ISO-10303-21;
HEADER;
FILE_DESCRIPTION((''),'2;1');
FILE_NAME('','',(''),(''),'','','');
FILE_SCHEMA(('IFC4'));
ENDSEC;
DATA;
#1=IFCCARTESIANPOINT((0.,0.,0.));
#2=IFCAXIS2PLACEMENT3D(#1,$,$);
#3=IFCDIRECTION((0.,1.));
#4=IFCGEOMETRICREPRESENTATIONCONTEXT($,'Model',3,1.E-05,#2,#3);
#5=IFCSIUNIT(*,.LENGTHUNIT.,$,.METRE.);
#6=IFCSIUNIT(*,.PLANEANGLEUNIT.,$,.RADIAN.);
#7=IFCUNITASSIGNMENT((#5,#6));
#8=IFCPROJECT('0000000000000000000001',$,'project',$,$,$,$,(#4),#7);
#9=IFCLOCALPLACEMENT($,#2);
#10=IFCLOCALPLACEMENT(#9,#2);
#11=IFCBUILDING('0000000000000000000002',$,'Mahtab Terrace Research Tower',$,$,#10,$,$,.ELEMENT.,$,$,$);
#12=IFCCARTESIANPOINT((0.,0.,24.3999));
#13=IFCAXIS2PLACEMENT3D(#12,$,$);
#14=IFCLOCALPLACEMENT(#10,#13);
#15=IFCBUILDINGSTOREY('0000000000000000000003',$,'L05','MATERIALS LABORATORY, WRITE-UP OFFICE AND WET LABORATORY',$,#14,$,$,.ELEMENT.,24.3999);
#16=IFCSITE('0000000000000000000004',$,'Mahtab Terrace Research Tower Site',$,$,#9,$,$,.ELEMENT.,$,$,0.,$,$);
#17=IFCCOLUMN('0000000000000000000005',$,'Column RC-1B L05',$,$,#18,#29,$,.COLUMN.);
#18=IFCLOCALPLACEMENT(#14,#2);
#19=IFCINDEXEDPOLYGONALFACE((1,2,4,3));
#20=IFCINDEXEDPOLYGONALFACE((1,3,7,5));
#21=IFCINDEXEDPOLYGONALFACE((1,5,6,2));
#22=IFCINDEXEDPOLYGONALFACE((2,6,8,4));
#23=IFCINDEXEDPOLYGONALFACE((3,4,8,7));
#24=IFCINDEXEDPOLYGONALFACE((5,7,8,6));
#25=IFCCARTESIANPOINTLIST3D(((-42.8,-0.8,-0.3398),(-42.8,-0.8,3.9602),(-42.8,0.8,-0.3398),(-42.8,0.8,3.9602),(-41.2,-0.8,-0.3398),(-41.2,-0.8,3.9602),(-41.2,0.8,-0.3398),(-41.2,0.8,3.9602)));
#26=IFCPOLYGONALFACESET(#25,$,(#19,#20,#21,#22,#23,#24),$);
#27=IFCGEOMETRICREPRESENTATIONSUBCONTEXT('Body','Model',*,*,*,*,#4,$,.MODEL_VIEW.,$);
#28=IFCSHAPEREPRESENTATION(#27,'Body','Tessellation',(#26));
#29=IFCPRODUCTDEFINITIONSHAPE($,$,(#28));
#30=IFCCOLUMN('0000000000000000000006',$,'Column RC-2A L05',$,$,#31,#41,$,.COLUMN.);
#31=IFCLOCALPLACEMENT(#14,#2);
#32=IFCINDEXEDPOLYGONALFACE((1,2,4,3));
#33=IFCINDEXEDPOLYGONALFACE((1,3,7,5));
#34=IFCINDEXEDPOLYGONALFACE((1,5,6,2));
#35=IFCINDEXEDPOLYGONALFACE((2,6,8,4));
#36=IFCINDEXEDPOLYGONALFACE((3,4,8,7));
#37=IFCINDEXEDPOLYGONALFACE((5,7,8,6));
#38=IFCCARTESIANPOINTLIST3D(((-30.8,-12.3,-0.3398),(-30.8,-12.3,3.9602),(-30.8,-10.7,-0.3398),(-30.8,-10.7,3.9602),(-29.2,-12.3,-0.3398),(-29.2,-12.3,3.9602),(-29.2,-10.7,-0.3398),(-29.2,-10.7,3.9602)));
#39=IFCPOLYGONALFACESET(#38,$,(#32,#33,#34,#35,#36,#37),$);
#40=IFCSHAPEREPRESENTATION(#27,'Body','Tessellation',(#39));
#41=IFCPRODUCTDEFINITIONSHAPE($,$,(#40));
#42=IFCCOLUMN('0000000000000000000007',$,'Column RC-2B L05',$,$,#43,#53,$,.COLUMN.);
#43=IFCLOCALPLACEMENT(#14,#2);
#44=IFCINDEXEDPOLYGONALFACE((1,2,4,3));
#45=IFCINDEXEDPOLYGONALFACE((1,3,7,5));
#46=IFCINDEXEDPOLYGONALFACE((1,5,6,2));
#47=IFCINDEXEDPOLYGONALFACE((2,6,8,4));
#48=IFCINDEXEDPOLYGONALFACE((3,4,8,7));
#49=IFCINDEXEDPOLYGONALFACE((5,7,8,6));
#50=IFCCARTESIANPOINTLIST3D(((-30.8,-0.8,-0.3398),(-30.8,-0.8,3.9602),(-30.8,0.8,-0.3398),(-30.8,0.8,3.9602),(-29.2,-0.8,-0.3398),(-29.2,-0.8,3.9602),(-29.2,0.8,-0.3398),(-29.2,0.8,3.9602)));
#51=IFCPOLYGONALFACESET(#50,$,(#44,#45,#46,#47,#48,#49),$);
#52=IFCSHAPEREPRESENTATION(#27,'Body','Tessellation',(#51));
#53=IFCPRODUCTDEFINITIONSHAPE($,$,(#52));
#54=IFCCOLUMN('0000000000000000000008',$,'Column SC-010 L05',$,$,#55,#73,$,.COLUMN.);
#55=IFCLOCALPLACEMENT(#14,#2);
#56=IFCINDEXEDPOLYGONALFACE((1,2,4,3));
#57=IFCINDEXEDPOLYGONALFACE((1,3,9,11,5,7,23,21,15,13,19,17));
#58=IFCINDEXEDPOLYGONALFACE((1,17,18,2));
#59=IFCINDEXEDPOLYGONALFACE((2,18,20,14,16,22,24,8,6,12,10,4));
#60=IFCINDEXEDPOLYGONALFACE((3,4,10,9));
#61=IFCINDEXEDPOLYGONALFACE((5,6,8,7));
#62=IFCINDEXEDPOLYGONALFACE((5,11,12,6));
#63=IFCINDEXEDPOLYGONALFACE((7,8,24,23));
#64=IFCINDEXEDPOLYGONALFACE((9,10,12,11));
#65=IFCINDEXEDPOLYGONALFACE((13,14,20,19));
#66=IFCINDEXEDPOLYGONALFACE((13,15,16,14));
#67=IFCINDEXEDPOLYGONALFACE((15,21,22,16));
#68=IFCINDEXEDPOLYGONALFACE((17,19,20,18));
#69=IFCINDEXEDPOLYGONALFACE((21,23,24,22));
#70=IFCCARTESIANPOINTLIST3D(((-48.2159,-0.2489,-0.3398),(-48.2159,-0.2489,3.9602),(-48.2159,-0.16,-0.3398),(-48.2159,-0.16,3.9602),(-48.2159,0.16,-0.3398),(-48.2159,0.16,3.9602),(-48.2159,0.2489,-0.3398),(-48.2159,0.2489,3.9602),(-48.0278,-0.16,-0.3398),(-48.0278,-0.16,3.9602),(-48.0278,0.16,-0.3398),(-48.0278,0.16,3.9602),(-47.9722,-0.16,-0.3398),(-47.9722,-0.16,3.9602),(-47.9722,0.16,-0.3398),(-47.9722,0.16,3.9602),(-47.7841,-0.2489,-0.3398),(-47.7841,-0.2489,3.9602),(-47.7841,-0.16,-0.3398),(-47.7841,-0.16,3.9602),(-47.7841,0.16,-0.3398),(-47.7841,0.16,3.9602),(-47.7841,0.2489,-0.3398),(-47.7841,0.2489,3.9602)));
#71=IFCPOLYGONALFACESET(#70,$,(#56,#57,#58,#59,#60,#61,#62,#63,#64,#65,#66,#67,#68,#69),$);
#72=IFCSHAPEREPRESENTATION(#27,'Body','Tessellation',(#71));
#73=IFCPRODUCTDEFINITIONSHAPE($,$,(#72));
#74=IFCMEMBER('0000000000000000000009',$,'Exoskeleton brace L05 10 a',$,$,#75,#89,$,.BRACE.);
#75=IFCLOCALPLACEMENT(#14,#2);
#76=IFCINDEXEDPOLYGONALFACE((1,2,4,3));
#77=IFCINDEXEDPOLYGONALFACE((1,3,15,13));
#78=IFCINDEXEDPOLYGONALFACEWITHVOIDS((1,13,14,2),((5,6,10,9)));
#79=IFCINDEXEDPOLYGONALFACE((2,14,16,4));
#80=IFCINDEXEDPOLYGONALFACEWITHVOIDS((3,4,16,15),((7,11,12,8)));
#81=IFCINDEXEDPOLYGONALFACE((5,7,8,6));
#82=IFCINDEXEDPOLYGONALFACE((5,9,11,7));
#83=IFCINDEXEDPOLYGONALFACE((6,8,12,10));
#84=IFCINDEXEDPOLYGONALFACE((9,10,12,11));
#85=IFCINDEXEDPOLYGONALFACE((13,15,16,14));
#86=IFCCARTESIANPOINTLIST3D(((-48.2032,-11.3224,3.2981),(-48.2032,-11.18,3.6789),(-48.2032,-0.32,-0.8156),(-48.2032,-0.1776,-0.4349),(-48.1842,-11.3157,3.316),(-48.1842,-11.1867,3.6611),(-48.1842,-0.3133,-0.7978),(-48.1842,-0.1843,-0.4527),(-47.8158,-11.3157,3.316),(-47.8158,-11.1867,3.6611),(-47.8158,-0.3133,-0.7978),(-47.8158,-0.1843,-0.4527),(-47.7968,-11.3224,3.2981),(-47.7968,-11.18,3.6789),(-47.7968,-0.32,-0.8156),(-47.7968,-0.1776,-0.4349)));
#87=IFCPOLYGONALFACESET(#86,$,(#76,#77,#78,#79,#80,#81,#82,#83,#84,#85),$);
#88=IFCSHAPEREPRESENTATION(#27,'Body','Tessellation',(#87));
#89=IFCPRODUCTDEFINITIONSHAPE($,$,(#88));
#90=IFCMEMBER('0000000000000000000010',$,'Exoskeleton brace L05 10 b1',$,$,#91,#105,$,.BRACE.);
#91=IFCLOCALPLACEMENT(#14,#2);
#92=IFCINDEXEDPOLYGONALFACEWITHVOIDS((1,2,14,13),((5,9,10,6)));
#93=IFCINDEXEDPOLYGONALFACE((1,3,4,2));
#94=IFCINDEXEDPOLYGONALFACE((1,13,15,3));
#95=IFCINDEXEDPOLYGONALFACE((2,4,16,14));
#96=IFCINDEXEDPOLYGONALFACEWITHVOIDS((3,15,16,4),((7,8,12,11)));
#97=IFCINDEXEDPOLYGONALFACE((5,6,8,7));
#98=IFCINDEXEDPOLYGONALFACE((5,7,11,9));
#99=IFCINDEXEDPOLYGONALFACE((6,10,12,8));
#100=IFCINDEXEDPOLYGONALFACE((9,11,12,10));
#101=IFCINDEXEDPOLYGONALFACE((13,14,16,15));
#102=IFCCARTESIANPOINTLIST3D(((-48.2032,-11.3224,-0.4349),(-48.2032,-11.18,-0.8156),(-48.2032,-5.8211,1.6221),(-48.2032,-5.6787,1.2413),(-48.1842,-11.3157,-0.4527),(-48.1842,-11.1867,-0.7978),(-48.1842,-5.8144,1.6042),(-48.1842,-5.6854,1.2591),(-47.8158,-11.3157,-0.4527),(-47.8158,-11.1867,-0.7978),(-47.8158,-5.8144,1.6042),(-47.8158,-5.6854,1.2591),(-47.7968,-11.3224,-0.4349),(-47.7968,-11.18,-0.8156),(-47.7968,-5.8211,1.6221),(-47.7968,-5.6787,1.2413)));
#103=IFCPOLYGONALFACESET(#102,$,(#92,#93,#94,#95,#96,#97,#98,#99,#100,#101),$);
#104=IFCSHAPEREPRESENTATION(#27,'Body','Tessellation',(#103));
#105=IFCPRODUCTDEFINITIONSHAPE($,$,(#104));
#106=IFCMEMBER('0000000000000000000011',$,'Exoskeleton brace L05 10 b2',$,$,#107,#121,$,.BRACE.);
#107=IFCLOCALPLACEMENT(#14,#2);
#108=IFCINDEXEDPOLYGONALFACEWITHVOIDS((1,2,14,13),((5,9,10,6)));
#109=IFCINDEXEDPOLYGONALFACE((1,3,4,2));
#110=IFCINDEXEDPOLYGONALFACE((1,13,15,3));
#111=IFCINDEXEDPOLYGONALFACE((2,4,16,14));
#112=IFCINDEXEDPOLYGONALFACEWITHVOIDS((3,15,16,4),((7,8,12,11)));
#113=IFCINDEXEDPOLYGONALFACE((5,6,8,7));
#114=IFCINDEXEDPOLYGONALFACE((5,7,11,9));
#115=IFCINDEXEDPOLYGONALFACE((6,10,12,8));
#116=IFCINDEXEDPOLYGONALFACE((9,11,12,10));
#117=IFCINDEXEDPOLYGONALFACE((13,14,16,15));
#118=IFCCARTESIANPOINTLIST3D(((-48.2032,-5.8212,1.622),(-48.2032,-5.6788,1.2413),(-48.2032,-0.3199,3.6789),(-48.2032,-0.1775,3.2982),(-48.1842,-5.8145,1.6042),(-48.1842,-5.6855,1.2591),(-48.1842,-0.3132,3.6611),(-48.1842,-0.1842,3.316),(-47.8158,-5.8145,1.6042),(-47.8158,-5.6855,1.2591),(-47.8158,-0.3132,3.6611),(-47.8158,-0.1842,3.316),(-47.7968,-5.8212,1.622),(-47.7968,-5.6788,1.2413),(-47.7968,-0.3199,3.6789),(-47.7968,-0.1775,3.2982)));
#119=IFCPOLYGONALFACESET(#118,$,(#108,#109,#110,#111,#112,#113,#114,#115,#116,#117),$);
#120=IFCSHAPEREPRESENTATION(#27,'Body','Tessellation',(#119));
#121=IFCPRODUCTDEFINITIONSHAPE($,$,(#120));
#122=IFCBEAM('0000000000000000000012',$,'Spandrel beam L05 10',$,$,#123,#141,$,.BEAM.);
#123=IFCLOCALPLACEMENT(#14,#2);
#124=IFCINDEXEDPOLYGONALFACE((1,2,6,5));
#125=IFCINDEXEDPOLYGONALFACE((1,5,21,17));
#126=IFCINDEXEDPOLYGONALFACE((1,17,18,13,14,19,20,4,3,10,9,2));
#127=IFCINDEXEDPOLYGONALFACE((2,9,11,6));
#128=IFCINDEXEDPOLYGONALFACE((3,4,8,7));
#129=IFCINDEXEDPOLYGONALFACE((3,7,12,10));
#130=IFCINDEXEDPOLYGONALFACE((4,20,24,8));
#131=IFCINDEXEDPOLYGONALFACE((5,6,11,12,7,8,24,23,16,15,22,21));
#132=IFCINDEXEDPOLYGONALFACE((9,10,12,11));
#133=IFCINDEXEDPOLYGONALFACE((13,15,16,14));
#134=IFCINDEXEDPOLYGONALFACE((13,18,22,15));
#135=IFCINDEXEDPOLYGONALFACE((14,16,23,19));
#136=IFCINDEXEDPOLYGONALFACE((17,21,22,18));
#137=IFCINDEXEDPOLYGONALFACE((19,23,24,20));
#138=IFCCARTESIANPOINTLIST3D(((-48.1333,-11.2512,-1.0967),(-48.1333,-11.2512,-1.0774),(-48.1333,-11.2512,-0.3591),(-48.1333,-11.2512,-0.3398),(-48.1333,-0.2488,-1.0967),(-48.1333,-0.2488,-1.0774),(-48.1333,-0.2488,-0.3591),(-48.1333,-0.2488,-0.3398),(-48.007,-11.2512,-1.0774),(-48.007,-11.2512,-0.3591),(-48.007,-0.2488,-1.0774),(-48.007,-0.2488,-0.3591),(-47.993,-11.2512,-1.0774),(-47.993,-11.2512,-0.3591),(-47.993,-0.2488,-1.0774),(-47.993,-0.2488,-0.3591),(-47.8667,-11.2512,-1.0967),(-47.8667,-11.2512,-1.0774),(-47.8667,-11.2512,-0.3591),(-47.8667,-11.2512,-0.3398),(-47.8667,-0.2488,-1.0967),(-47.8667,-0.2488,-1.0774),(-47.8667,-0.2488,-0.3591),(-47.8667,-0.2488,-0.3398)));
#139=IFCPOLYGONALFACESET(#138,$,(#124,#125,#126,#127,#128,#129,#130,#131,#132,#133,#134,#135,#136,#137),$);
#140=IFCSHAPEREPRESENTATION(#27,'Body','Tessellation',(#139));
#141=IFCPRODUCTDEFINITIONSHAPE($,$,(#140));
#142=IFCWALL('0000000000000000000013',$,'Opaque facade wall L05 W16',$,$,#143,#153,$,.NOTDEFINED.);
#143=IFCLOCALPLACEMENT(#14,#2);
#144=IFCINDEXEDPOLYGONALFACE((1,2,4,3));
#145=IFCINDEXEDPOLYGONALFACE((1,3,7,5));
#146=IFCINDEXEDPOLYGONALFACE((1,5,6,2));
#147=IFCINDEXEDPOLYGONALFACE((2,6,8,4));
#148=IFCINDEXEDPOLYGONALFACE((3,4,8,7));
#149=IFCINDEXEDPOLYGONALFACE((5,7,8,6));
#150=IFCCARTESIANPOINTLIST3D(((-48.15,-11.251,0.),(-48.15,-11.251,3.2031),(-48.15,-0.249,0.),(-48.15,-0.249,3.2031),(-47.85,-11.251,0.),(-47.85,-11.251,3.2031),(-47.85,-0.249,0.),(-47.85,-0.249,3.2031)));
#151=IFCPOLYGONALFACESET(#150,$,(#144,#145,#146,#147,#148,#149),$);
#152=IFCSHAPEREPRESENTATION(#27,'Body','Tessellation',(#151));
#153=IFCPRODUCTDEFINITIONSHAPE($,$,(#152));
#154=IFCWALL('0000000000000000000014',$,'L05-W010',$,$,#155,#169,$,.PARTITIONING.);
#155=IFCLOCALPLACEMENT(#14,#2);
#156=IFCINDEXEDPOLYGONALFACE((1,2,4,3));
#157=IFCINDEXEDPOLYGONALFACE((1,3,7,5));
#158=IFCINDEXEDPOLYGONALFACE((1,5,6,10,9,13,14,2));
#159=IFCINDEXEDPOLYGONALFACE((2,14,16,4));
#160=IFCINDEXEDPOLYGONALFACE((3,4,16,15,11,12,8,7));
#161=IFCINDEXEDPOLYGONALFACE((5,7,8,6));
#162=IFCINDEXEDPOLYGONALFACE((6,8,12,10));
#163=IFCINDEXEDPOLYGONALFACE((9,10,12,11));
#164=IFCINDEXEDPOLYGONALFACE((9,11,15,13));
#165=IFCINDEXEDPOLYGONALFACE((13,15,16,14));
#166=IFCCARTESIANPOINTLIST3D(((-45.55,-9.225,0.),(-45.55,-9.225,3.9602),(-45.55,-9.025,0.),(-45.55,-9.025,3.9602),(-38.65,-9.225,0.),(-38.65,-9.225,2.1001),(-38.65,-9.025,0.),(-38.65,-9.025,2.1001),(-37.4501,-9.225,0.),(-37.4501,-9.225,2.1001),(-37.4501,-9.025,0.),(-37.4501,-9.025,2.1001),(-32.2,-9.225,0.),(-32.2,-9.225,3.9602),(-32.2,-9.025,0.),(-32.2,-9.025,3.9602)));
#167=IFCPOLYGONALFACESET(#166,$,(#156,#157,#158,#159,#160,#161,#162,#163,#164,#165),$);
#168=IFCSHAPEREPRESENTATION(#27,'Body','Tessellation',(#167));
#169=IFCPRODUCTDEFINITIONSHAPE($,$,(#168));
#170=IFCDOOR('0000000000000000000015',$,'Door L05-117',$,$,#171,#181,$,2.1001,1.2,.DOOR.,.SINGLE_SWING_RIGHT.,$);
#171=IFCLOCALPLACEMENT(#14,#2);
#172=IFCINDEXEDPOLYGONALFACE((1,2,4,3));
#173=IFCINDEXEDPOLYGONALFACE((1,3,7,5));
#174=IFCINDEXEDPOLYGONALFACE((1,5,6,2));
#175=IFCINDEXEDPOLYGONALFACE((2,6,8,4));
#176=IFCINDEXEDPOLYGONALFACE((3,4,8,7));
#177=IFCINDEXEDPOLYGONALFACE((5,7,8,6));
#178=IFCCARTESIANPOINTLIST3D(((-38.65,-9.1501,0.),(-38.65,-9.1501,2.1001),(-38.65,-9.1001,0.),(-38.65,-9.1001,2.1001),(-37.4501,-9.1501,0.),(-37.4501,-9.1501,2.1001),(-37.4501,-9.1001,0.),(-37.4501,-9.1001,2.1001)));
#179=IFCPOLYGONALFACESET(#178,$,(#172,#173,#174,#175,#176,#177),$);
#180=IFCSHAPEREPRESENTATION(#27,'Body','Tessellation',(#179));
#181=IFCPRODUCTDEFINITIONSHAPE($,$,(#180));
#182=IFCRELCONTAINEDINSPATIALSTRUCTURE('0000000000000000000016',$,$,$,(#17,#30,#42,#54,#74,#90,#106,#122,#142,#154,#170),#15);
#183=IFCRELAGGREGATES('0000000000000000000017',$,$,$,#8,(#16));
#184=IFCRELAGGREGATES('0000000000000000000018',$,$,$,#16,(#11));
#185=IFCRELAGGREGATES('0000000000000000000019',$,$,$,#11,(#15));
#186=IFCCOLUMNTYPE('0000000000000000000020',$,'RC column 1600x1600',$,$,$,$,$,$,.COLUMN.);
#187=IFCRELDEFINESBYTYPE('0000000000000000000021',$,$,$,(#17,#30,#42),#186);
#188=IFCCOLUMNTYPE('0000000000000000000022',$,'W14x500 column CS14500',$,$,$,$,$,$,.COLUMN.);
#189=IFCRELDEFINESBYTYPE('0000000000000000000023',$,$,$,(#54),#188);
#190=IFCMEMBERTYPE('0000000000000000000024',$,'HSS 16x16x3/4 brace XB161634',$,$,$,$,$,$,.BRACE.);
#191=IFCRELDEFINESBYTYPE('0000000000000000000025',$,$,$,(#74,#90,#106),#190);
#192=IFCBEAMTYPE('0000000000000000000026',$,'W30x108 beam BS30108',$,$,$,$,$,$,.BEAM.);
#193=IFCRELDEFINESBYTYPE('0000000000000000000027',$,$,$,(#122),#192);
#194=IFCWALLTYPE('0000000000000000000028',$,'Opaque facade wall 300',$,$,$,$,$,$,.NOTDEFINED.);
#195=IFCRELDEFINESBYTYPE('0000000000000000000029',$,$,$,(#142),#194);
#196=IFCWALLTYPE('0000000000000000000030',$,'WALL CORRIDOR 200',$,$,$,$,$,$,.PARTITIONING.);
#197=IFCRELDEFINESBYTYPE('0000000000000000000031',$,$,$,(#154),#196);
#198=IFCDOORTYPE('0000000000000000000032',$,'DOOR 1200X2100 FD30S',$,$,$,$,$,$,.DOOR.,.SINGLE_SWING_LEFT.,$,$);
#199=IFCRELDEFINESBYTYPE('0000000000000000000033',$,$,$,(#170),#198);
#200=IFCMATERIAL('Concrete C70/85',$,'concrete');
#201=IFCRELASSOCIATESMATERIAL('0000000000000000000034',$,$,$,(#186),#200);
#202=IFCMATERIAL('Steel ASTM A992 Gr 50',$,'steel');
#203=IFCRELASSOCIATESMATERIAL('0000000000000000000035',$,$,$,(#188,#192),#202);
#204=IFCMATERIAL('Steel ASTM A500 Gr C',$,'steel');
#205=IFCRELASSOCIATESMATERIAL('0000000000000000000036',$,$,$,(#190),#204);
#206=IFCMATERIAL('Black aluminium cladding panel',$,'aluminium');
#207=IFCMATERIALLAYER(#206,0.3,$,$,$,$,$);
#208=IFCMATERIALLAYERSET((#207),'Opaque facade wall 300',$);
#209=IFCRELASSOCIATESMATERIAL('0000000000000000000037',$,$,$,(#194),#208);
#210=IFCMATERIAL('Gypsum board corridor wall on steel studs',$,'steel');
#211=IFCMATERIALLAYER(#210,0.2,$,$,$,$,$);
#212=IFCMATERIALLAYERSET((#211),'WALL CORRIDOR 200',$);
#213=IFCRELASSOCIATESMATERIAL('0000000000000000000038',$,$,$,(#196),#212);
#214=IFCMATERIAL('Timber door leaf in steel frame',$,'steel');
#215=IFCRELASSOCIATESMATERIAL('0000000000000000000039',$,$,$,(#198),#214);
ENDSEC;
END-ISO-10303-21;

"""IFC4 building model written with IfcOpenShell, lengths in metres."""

from ifc_helpers import new_model, si_unit, direction, frame, frame_2d, origin, origin_2d, place, context, subcontext, project, spatial, rectangle, hollow_rectangle, i_section, extrude, material, layer, layer_set, material_profile, profile_set, type_object, element, fill, save


model = new_model("IFC4")

# Units and contexts
model_context = context("Model", 3, precision=1e-05, world=origin(), true_north=direction((0.0, 1.0)))
body_context = subcontext(model_context, "Body", "Model", "MODEL_VIEW")
ifc_project = project(units=[si_unit("LENGTHUNIT", "METRE"), si_unit("PLANEANGLEUNIT", "RADIAN")], contexts=[model_context])

# Site, building, storey
site_placement = place(None, origin())
site = spatial("IfcSite", under=ifc_project, at=site_placement, Name="Mahtab Terrace Research Tower Site", CompositionType="ELEMENT", RefElevation=0.0)
building_placement = place(site_placement, origin())
building = spatial("IfcBuilding", under=site, at=building_placement, Name="Mahtab Terrace Research Tower", CompositionType="ELEMENT")
storey_placement = place(building_placement, frame((0.0, 0.0, 24.3999)))
storey = spatial("IfcBuildingStorey", under=building, at=storey_placement, Name="L05", Description="MATERIALS LABORATORY, WRITE-UP OFFICE AND WET LABORATORY", CompositionType="ELEMENT", Elevation=24.3999)

# Columns
ifc_material_1 = material(Name="Concrete C70/85", Category="concrete")
ifc_material_profile_1 = material_profile(ifc_material_1, rectangle(XDim=1.6001, YDim=1.6001, at=origin_2d()), Name="RC column 1600x1600")
ifc_profile_set_1 = profile_set([ifc_material_profile_1], Name="Concrete C70/85")
column_type_1 = type_object("IfcColumnType", Name="RC column 1600x1600", PredefinedType="COLUMN", material=ifc_profile_set_1)
for number, where, z_axis, x_axis, name in (
    (1, (-42.0, 0.0, -0.3398), (0.0, 0.0, 1.0), (1.0, 0.0, 0.0), "Column RC-1B L05"),
    (2, (-30.0, -11.5, -0.3398), (0.0, 0.0, 1.0), (1.0, 0.0, 0.0), "Column RC-2A L05"),
    (3, (-30.0, 0.0, -0.3398), (0.0, 0.0, 1.0), (1.0, 0.0, 0.0), "Column RC-2B L05"),
):
    element("IfcColumn", number, at=place(storey_placement, frame(where, z_axis=z_axis, x_axis=x_axis)), inside=storey, type_object=column_type_1, Name=name, PredefinedType="COLUMN", context=body_context, shape_type="SweptSolid", body=[
        extrude(rectangle(XDim=1.6001, YDim=1.6001, at=origin_2d()), origin(), (0.0, 0.0, 1.0), 4.3),
    ])
ifc_material_2 = material(Name="Steel ASTM A992 Gr 50", Category="steel")
ifc_material_profile_2 = material_profile(ifc_material_2, i_section(OverallWidth=0.4319, OverallDepth=0.4978, WebThickness=0.0557, FlangeThickness=0.0889, at=origin_2d()), Name="W14X500")
ifc_profile_set_2 = profile_set([ifc_material_profile_2], Name="Steel ASTM A992 Gr 50")
column_type_2 = type_object("IfcColumnType", Name="W14x500 column CS14500", PredefinedType="COLUMN", material=ifc_profile_set_2)
column_placement = place(storey_placement, frame((-48.0, 0.0, -0.3398), z_axis=(0.0, 0.0, 1.0), x_axis=(1.0, 0.0, 0.0)))
element("IfcColumn", 4, at=column_placement, inside=storey, type_object=column_type_2, Name="Column SC-010 L05", PredefinedType="COLUMN", context=body_context, shape_type="SweptSolid", body=[
    extrude(i_section(OverallWidth=0.4319, OverallDepth=0.4978, WebThickness=0.0557, FlangeThickness=0.0889, at=origin_2d()), origin(), (0.0, 0.0, 1.0), 4.3),
])

# Members
ifc_material_3 = material(Name="Steel ASTM A500 Gr C", Category="steel")
ifc_material_profile_3 = material_profile(ifc_material_3, hollow_rectangle(XDim=0.4065, YDim=0.4065, WallThickness=0.019, at=origin_2d()), Name="HSS16X16X3/4")
ifc_profile_set_3 = profile_set([ifc_material_profile_3], Name="Steel ASTM A500 Gr C")
member_type = type_object("IfcMemberType", Name="HSS 16x16x3/4 brace XB161634", PredefinedType="BRACE", material=ifc_profile_set_3)
member_placement = place(storey_placement, frame((-48.0, -0.2488, -0.6252), z_axis=(0.0, -0.936669, 0.350217), x_axis=(1.0, 0.0, 0.0)))
element("IfcMember", 5, at=member_placement, inside=storey, type_object=member_type, Name="Exoskeleton brace L05 10 a", PredefinedType="BRACE", context=body_context, shape_type="SweptSolid", body=[
    extrude(hollow_rectangle(XDim=0.4065, YDim=0.4065, WallThickness=0.019, at=origin_2d()), origin(), (0.0, 0.0, 1.0), 11.7463),
])
for number, where, z_axis, x_axis, name in (
    (6, (-48.0, -11.2512, -0.6252), (0.0, 0.936669, 0.350217), (-1.0, 0.0, 0.0), "Exoskeleton brace L05 10 b1"),
    (7, (-48.0, -5.75, 1.4316), (0.0, 0.936669, 0.350217), (-1.0, 0.0, 0.0), "Exoskeleton brace L05 10 b2"),
):
    element("IfcMember", number, at=place(storey_placement, frame(where, z_axis=z_axis, x_axis=x_axis)), inside=storey, type_object=member_type, Name=name, PredefinedType="BRACE", context=body_context, shape_type="SweptSolid", body=[
        extrude(hollow_rectangle(XDim=0.4065, YDim=0.4065, WallThickness=0.019, at=origin_2d()), origin(), (0.0, 0.0, 1.0), 5.8733),
    ])

# Beam
ifc_material_profile_4 = material_profile(ifc_material_2, i_section(OverallWidth=0.2666, OverallDepth=0.7568, WebThickness=0.0139, FlangeThickness=0.0193, at=origin_2d()), Name="W30X108")
ifc_profile_set_4 = profile_set([ifc_material_profile_4], Name="Steel ASTM A992 Gr 50")
beam_type = type_object("IfcBeamType", Name="W30x108 beam BS30108", PredefinedType="BEAM", material=ifc_profile_set_4)
beam_placement = place(storey_placement, frame((-48.0, -0.2488, -0.7183), z_axis=(0.0, -1.0, 0.0), x_axis=(1.0, 0.0, 0.0)))
element("IfcBeam", 8, at=beam_placement, inside=storey, type_object=beam_type, Name="Spandrel beam L05 10", PredefinedType="BEAM", context=body_context, shape_type="SweptSolid", body=[
    extrude(i_section(OverallWidth=0.2666, OverallDepth=0.7568, WebThickness=0.0139, FlangeThickness=0.0193, at=origin_2d()), origin(), (0.0, 0.0, 1.0), 11.0024),
])

# Wall
ifc_material_4 = material(Name="Black aluminium cladding panel", Category="aluminium")
ifc_layer_1 = layer(ifc_material_4, 0.3)
ifc_layer_set_1 = layer_set([ifc_layer_1], Name="Opaque facade wall 300")
wall_type_1 = type_object("IfcWallType", Name="Opaque facade wall 300", PredefinedType="NOTDEFINED", material=ifc_layer_set_1)
wall_1_placement = place(storey_placement, frame((-48.0, -0.249, 0.0), z_axis=(0.0, 0.0, 1.0), x_axis=(0.0, -1.0, 0.0)))
element("IfcWall", 9, at=wall_1_placement, inside=storey, type_object=wall_type_1, Name="Opaque facade wall L05 W16", PredefinedType="NOTDEFINED", context=body_context, shape_type="SweptSolid", body=[
    extrude(rectangle(XDim=11.002, YDim=0.3, at=frame_2d((5.501, 0.0))), origin(), (0.0, 0.0, 1.0), 3.2031),
])

# Wall, opening, door
ifc_material_5 = material(Name="Gypsum board corridor wall on steel studs", Category="steel")
ifc_layer_2 = layer(ifc_material_5, 0.2)
ifc_layer_set_2 = layer_set([ifc_layer_2], Name="WALL CORRIDOR 200")
wall_type_2 = type_object("IfcWallType", Name="WALL CORRIDOR 200", PredefinedType="PARTITIONING", material=ifc_layer_set_2)
wall_2_placement = place(storey_placement, frame((-45.55, -9.125, 0.0), z_axis=(0.0, 0.0, 1.0), x_axis=(1.0, 0.0, 0.0)))
wall_2 = element("IfcWall", 10, at=wall_2_placement, inside=storey, type_object=wall_type_2, Name="L05-W010", PredefinedType="PARTITIONING", context=body_context, shape_type="SweptSolid", body=[
    extrude(rectangle(XDim=13.3501, YDim=0.2, at=frame_2d((6.675, 0.0))), origin(), (0.0, 0.0, 1.0), 3.9602),
])
opening_1_placement = place(wall_2_placement, frame((6.8999, 0.0, 0.0)))
opening_1 = element("IfcOpeningElement", 11, at=opening_1_placement, cuts=wall_2, PredefinedType="OPENING", context=body_context, shape_type="SweptSolid", body=[
    extrude(rectangle(XDim=1.2, YDim=2.1001, at=frame_2d((0.6001, 1.05))), frame((0.0, 0.1099, 0.0), z_axis=(0.0, -1.0, 0.0), x_axis=(1.0, 0.0, 0.0)), (0.0, 0.0, 1.0), 0.22),
])
ifc_material_6 = material(Name="Timber door leaf in steel frame", Category="steel")
door_type_1 = type_object("IfcDoorType", Name="DOOR 1200X2100 FD30S", OperationType="SINGLE_SWING_LEFT", PredefinedType="DOOR", material=ifc_material_6)
door_1_placement = place(opening_1_placement, origin())
door_1 = element("IfcDoor", 12, at=door_1_placement, inside=storey, type_object=door_type_1, Name="Door L05-117", OperationType="SINGLE_SWING_RIGHT", OverallHeight=2.1001, OverallWidth=1.2, PredefinedType="DOOR", context=body_context, shape_type="SweptSolid", body=[
    extrude(rectangle(XDim=1.2, YDim=2.1001, at=frame_2d((0.6001, 1.05))), frame((0.0, 0.0249, 0.0), z_axis=(0.0, -1.0, 0.0), x_axis=(1.0, 0.0, 0.0)), (0.0, 0.0, 1.0), 0.05),
])
fill(opening_1, door_1)

save(model, "model.ifc")
